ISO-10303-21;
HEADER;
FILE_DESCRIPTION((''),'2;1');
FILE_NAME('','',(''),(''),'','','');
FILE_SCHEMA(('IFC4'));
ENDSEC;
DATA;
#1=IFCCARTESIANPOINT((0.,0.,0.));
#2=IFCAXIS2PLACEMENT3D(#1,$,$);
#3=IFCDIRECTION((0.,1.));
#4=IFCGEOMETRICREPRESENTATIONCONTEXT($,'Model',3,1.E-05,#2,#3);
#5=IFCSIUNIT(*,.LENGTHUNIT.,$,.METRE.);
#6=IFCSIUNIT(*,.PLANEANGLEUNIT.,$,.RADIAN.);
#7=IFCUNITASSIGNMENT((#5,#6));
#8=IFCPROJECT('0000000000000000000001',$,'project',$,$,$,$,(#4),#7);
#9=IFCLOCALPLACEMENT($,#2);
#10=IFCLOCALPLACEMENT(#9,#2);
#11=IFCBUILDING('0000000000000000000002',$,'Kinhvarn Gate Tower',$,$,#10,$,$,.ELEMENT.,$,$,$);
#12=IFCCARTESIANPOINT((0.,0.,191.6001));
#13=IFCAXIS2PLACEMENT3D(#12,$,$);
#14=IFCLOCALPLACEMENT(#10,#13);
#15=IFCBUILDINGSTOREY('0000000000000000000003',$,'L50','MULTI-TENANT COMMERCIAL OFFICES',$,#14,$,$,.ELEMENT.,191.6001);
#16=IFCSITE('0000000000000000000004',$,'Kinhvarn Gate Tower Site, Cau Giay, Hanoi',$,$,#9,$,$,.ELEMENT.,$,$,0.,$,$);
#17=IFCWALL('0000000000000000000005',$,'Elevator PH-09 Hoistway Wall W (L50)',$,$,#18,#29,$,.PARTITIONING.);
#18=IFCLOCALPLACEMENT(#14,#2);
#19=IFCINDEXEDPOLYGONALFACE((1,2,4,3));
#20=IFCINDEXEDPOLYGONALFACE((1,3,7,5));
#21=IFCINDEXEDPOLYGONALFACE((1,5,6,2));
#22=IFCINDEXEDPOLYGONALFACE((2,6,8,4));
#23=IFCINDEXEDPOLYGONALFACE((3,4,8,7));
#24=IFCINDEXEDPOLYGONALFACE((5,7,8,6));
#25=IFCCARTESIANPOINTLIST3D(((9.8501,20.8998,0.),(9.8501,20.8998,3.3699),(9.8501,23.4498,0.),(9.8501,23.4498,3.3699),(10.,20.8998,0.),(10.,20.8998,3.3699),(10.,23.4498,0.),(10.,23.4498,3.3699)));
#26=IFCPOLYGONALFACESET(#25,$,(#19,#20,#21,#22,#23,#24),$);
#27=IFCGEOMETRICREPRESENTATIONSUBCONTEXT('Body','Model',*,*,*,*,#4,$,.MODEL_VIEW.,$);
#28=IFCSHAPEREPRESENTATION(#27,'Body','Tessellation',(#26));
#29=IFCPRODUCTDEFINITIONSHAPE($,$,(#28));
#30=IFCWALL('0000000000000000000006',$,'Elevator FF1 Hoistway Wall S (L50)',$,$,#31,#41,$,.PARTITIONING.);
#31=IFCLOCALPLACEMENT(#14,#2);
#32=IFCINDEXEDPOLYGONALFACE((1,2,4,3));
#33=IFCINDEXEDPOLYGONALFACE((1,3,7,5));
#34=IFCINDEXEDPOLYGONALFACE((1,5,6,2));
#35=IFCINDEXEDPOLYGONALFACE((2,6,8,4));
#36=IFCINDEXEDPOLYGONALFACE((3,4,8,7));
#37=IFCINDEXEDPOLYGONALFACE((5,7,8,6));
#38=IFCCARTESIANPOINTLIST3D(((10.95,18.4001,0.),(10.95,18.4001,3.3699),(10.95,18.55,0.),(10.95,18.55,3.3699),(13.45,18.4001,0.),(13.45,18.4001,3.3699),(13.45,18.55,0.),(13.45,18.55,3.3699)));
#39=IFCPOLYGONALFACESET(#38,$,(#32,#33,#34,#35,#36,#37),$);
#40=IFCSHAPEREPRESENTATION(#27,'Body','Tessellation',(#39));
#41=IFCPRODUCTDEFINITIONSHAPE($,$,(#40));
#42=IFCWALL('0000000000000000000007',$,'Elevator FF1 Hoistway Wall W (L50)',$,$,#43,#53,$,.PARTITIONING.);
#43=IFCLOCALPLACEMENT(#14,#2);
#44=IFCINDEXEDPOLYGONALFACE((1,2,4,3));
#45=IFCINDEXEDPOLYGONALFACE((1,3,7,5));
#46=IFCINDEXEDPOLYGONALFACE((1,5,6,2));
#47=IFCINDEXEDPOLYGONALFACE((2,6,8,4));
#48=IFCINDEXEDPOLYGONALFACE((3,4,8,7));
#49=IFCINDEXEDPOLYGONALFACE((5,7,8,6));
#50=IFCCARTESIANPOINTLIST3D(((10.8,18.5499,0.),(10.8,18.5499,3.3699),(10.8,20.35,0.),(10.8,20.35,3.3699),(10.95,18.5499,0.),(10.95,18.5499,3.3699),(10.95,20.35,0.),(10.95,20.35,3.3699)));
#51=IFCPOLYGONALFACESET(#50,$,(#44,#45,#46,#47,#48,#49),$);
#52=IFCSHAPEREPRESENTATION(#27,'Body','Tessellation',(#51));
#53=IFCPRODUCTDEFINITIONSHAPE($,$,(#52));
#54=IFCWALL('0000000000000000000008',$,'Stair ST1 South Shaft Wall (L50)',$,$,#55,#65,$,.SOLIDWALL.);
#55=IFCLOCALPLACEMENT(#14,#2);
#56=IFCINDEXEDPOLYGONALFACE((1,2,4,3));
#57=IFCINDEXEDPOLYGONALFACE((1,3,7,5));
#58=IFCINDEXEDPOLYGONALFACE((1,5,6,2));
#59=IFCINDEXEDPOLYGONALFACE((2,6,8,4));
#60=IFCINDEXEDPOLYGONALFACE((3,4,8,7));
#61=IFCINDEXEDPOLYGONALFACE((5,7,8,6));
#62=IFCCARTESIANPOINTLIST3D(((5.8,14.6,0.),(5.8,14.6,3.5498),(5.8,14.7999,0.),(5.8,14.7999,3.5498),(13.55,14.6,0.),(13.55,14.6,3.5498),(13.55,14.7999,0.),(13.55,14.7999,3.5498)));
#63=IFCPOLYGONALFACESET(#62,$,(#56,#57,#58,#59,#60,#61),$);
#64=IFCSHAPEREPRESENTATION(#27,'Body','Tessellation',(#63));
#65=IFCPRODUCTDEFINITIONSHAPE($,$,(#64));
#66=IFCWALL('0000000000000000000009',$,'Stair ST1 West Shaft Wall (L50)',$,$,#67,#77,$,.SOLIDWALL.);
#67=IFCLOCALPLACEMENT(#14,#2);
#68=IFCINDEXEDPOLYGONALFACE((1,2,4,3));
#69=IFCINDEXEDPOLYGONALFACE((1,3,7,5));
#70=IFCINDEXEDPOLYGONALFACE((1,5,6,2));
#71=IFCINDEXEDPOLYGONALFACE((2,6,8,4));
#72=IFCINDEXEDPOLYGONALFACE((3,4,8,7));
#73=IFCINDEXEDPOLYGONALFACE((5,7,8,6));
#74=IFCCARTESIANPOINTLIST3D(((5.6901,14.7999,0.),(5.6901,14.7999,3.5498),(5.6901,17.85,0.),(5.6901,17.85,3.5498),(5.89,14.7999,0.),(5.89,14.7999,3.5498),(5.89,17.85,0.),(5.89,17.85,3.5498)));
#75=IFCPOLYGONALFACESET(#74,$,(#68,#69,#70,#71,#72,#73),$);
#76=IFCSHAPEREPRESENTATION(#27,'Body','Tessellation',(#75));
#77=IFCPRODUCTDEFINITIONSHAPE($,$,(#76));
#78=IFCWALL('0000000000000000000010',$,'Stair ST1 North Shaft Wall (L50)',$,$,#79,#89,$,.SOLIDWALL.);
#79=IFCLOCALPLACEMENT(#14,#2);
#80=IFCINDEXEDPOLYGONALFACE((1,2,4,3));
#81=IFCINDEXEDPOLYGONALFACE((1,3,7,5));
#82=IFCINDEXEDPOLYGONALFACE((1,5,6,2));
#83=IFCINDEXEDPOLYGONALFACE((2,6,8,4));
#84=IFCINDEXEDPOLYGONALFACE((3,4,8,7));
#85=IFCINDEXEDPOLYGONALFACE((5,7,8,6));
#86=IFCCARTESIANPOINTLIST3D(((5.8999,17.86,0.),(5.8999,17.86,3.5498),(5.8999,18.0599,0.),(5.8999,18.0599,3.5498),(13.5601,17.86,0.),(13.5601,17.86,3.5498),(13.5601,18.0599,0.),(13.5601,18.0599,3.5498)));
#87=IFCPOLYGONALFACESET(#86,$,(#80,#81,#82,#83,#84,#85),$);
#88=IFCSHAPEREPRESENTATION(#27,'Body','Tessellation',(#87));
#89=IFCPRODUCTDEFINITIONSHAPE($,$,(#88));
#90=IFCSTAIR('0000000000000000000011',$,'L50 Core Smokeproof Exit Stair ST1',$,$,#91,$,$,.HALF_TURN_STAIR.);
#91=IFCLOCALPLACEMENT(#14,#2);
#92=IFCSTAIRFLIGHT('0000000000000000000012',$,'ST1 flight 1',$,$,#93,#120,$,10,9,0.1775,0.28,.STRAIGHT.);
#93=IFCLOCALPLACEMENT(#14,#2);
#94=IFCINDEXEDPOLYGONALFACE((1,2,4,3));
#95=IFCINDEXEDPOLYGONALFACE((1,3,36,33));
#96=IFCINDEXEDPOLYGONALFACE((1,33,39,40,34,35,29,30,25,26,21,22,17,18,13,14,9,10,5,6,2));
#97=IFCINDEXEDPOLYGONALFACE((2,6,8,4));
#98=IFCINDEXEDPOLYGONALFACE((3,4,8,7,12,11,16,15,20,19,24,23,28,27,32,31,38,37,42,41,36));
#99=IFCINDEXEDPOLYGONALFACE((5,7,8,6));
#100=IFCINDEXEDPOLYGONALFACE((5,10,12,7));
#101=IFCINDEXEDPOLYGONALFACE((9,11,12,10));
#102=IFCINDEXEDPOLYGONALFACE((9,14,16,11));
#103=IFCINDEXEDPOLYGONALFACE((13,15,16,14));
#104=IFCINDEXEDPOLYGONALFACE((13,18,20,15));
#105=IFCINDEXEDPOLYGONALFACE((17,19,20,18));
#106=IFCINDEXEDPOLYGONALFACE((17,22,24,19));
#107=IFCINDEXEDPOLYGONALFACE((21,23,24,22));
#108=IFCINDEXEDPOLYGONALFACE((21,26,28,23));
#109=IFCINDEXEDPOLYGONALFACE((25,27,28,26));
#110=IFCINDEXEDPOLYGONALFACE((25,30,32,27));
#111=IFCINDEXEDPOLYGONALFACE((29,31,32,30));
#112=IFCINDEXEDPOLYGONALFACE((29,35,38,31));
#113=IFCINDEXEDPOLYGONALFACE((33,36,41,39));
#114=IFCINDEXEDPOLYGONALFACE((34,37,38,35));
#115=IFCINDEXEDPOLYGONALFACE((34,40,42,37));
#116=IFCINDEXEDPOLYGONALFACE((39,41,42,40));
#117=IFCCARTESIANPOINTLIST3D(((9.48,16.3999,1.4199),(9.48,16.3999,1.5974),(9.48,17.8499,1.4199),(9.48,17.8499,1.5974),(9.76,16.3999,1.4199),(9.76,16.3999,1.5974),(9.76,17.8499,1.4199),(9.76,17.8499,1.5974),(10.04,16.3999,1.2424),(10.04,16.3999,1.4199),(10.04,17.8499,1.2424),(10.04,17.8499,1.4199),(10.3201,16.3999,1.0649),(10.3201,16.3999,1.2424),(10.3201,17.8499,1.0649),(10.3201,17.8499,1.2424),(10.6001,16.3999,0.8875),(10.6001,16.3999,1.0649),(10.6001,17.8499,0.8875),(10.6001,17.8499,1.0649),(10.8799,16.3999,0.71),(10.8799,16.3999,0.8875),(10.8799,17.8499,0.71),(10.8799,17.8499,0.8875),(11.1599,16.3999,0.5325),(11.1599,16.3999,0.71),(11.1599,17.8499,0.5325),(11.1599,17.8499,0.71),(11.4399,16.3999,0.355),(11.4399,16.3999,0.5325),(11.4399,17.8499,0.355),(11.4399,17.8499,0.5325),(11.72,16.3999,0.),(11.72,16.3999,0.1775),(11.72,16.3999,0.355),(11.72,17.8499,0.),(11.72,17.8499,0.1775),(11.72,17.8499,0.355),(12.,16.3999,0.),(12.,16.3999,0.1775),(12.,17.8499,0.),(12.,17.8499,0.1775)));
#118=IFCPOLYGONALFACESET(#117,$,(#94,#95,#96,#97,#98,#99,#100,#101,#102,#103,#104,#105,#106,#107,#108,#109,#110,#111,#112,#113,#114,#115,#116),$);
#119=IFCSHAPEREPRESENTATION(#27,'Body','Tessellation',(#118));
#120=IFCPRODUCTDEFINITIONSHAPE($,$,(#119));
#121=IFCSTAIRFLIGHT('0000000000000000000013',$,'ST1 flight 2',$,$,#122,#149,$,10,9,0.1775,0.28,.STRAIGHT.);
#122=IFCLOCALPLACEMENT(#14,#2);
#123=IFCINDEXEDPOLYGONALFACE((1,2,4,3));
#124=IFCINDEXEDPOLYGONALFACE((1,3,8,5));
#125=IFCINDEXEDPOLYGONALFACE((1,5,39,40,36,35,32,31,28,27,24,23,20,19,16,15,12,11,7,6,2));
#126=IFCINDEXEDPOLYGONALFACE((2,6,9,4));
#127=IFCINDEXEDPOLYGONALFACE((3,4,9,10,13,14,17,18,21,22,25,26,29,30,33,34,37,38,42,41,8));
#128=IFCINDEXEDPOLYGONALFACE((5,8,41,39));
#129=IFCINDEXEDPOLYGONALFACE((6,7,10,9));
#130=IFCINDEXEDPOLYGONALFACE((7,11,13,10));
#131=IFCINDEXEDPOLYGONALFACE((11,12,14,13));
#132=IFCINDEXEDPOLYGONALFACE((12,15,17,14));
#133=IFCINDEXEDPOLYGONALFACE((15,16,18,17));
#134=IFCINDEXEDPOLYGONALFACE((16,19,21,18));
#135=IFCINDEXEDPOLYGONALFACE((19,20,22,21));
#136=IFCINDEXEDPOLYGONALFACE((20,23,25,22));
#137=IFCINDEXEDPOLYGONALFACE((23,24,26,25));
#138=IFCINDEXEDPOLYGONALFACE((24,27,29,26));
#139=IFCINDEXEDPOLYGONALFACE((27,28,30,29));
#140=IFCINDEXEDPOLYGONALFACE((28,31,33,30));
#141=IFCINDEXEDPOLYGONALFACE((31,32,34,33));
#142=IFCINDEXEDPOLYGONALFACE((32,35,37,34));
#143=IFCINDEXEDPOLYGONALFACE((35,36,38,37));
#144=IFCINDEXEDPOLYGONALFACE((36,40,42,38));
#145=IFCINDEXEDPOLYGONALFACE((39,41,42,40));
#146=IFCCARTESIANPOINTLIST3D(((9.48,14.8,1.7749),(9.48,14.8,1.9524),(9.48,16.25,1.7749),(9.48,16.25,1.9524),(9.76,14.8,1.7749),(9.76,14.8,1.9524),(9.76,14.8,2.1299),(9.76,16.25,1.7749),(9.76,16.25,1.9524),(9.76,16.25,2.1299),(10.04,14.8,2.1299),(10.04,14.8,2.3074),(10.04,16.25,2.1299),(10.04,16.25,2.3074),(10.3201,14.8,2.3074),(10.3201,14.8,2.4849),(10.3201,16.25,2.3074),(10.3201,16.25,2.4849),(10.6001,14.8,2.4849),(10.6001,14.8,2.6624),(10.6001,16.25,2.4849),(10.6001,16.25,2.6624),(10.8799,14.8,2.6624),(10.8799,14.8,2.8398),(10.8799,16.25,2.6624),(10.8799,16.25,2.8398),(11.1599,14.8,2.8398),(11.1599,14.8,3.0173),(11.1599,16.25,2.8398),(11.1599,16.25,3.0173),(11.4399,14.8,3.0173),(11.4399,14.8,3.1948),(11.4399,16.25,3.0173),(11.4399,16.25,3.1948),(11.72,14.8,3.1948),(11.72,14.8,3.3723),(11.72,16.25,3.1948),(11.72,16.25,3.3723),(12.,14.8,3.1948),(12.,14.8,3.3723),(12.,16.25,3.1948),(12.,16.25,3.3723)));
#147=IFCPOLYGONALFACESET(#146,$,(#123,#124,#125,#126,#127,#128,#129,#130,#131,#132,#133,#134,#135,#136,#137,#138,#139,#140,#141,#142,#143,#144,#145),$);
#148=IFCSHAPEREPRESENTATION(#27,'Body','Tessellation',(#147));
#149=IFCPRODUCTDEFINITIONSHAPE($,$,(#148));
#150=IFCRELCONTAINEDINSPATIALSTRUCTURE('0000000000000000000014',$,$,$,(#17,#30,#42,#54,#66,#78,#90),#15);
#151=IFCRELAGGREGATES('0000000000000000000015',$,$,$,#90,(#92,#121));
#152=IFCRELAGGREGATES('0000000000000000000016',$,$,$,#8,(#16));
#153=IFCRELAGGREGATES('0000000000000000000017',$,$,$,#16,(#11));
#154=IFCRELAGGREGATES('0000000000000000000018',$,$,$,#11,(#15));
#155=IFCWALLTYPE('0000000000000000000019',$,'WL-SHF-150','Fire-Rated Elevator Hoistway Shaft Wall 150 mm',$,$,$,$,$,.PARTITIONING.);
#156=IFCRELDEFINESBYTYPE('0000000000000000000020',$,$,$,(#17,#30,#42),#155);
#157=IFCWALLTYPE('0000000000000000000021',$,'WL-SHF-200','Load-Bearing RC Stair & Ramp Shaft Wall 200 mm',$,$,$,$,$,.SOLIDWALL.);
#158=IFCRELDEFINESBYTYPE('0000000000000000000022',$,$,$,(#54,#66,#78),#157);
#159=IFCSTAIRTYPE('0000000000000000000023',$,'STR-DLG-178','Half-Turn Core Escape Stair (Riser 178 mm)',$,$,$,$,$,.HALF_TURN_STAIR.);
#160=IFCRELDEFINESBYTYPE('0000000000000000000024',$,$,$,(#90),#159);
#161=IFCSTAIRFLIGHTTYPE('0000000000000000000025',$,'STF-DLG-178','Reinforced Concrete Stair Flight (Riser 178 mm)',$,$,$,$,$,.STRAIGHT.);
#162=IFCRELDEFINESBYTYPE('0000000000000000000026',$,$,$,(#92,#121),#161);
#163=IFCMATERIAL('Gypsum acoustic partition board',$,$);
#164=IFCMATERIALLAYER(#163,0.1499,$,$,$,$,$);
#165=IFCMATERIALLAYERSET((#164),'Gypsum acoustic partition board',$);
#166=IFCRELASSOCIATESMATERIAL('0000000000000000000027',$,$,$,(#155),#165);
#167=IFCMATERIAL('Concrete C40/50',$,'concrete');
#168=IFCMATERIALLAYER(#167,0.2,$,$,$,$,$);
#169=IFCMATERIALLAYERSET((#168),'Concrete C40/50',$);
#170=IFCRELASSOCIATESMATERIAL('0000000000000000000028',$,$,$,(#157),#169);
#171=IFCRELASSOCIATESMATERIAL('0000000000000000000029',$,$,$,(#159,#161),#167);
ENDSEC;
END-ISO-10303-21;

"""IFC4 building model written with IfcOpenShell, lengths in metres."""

from ifc_helpers import new_model, si_unit, direction, frame, frame_2d, origin, place, context, subcontext, project, spatial, polyline, rectangle, outline, extrude, material, layer, layer_set, type_object, element, aggregate, save


model = new_model("IFC4")

# Units and contexts
model_context = context("Model", 3, precision=1e-05, world=origin(), true_north=direction((0.0, 1.0)))
body_context = subcontext(model_context, "Body", "Model", "MODEL_VIEW")
ifc_project = project(units=[si_unit("LENGTHUNIT", "METRE"), si_unit("PLANEANGLEUNIT", "RADIAN")], contexts=[model_context])

# Site, building, storey
site_placement = place(None, origin())
site = spatial("IfcSite", under=ifc_project, at=site_placement, Name="Kinhvarn Gate Tower Site, Cau Giay, Hanoi", CompositionType="ELEMENT", RefElevation=0.0)
building_placement = place(site_placement, origin())
building = spatial("IfcBuilding", under=site, at=building_placement, Name="Kinhvarn Gate Tower", CompositionType="ELEMENT")
storey_placement = place(building_placement, frame((0.0, 0.0, 191.6001)))
storey = spatial("IfcBuildingStorey", under=building, at=storey_placement, Name="L50", Description="MULTI-TENANT COMMERCIAL OFFICES", CompositionType="ELEMENT", Elevation=191.6001)

# Walls
ifc_material_1 = material(Name="Gypsum acoustic partition board")
ifc_layer_1 = layer(ifc_material_1, 0.1499)
ifc_layer_set_1 = layer_set([ifc_layer_1], Name="Gypsum acoustic partition board")
wall_type_1 = type_object("IfcWallType", Name="WL-SHF-150", Description="Fire-Rated Elevator Hoistway Shaft Wall 150 mm", PredefinedType="PARTITIONING", material=ifc_layer_set_1)
wall_1_placement = place(storey_placement, frame((9.925, 20.8999, 0.0), z_axis=(0.0, 0.0, 1.0), x_axis=(0.0, 1.0, 0.0)))
element("IfcWall", 1, at=wall_1_placement, inside=storey, type_object=wall_type_1, Name="Elevator PH-09 Hoistway Wall W (L50)", PredefinedType="PARTITIONING", context=body_context, shape_type="SweptSolid", body=[
    extrude(rectangle(XDim=2.55, YDim=0.1499, at=frame_2d((1.2749, 0.0))), origin(), (0.0, 0.0, 1.0), 3.3699),
])
wall_2_placement = place(storey_placement, frame((10.95, 18.4751, 0.0), z_axis=(0.0, 0.0, 1.0), x_axis=(1.0, 0.0, 0.0)))
element("IfcWall", 2, at=wall_2_placement, inside=storey, type_object=wall_type_1, Name="Elevator FF1 Hoistway Wall S (L50)", PredefinedType="PARTITIONING", context=body_context, shape_type="SweptSolid", body=[
    extrude(rectangle(XDim=2.5, YDim=0.1499, at=frame_2d((1.25, 0.0))), origin(), (0.0, 0.0, 1.0), 3.3699),
])
wall_3_placement = place(storey_placement, frame((10.875, 18.55, 0.0), z_axis=(0.0, 0.0, 1.0), x_axis=(0.0, 1.0, 0.0)))
element("IfcWall", 3, at=wall_3_placement, inside=storey, type_object=wall_type_1, Name="Elevator FF1 Hoistway Wall W (L50)", PredefinedType="PARTITIONING", context=body_context, shape_type="SweptSolid", body=[
    extrude(rectangle(XDim=1.8, YDim=0.1499, at=frame_2d((0.8999, 0.0))), origin(), (0.0, 0.0, 1.0), 3.3699),
])
ifc_material_2 = material(Name="Concrete C40/50", Category="concrete")
ifc_layer_2 = layer(ifc_material_2, 0.2)
ifc_layer_set_2 = layer_set([ifc_layer_2], Name="Concrete C40/50")
wall_type_2 = type_object("IfcWallType", Name="WL-SHF-200", Description="Load-Bearing RC Stair & Ramp Shaft Wall 200 mm", PredefinedType="SOLIDWALL", material=ifc_layer_set_2)
wall_4_placement = place(storey_placement, frame((5.8, 14.7, 0.0), z_axis=(0.0, 0.0, 1.0), x_axis=(1.0, 0.0, 0.0)))
element("IfcWall", 4, at=wall_4_placement, inside=storey, type_object=wall_type_2, Name="Stair ST1 South Shaft Wall (L50)", PredefinedType="SOLIDWALL", context=body_context, shape_type="SweptSolid", body=[
    extrude(rectangle(XDim=7.75, YDim=0.2, at=frame_2d((3.875, 0.0))), origin(), (0.0, 0.0, 1.0), 3.5498),
])
wall_5_placement = place(storey_placement, frame((5.79, 14.8, 0.0), z_axis=(0.0, 0.0, 1.0), x_axis=(0.0, 1.0, 0.0)))
element("IfcWall", 5, at=wall_5_placement, inside=storey, type_object=wall_type_2, Name="Stair ST1 West Shaft Wall (L50)", PredefinedType="SOLIDWALL", context=body_context, shape_type="SweptSolid", body=[
    extrude(rectangle(XDim=3.05, YDim=0.2, at=frame_2d((1.5249, 0.0))), origin(), (0.0, 0.0, 1.0), 3.5498),
])
wall_6_placement = place(storey_placement, frame((5.8999, 17.96, 0.0), z_axis=(0.0, 0.0, 1.0), x_axis=(1.0, 0.0, 0.0)))
element("IfcWall", 6, at=wall_6_placement, inside=storey, type_object=wall_type_2, Name="Stair ST1 North Shaft Wall (L50)", PredefinedType="SOLIDWALL", context=body_context, shape_type="SweptSolid", body=[
    extrude(rectangle(XDim=7.6602, YDim=0.2, at=frame_2d((3.8301, 0.0))), origin(), (0.0, 0.0, 1.0), 3.5498),
])

# Stair, stair flights
stair_type = type_object("IfcStairType", Name="STR-DLG-178", Description="Half-Turn Core Escape Stair (Riser 178 mm)", PredefinedType="HALF_TURN_STAIR", material=ifc_material_2)
stair_placement = place(storey_placement, origin())
stair = element("IfcStair", 7, at=stair_placement, inside=storey, type_object=stair_type, Name="L50 Core Smokeproof Exit Stair ST1", PredefinedType="HALF_TURN_STAIR")
stair_flight_type = type_object("IfcStairFlightType", Name="STF-DLG-178", Description="Reinforced Concrete Stair Flight (Riser 178 mm)", PredefinedType="STRAIGHT", material=ifc_material_2)
stair_flight_1_placement = place(storey_placement, frame((12.0, 17.125, 0.0), z_axis=(0.0, 0.0, 1.0), x_axis=(-1.0, 0.0, 0.0)))
stair_flight_1 = element("IfcStairFlight", 8, at=stair_flight_1_placement, type_object=stair_flight_type, Name="ST1 flight 1", NumberOfRisers=10, NumberOfTreads=9, PredefinedType="STRAIGHT", RiserHeight=0.1775, TreadLength=0.28, context=body_context, shape_type="SweptSolid", body=[
    extrude(outline(polyline([(0.0, 0.0), (0.0, 0.1775), (0.28, 0.1775), (0.28, 0.355), (0.5601, 0.355), (0.5601, 0.5325), (0.8401, 0.5325), (0.8401, 0.71), (1.1201, 0.71), (1.1201, 0.8875), (1.3999, 0.8875), (1.3999, 1.0649), (1.6799, 1.0649), (1.6799, 1.2424), (1.96, 1.2424), (1.96, 1.4199), (2.24, 1.4199), (2.24, 1.5974), (2.52, 1.5974), (2.52, 1.7749), (2.52, 1.4199), (0.28, 0.0), (0.0, 0.0)])), frame((0.0, 0.7251, 0.0), z_axis=(0.0, -1.0, 0.0), x_axis=(1.0, 0.0, 0.0)), (0.0, 0.0, 1.0), 1.45),
])
stair_flight_2_placement = place(storey_placement, frame((9.48, 15.5249, 1.7749), z_axis=(0.0, 0.0, 1.0), x_axis=(1.0, 0.0, 0.0)))
stair_flight_2 = element("IfcStairFlight", 9, at=stair_flight_2_placement, type_object=stair_flight_type, Name="ST1 flight 2", NumberOfRisers=10, NumberOfTreads=9, PredefinedType="STRAIGHT", RiserHeight=0.1775, TreadLength=0.28, context=body_context, shape_type="SweptSolid", body=[
    extrude(outline(polyline([(0.0, 0.0), (0.0, 0.1775), (0.28, 0.1775), (0.28, 0.355), (0.5601, 0.355), (0.5601, 0.5325), (0.8401, 0.5325), (0.8401, 0.71), (1.1201, 0.71), (1.1201, 0.8875), (1.3999, 0.8875), (1.3999, 1.0649), (1.6799, 1.0649), (1.6799, 1.2424), (1.96, 1.2424), (1.96, 1.4199), (2.24, 1.4199), (2.24, 1.5974), (2.52, 1.5974), (2.52, 1.7749), (2.52, 1.4199), (0.28, 0.0), (0.0, 0.0)])), frame((0.0, 0.7251, 0.0), z_axis=(0.0, -1.0, 0.0), x_axis=(1.0, 0.0, 0.0)), (0.0, 0.0, 1.0), 1.45),
])
aggregate(stair, [stair_flight_1, stair_flight_2])

save(model, "model.ifc")
